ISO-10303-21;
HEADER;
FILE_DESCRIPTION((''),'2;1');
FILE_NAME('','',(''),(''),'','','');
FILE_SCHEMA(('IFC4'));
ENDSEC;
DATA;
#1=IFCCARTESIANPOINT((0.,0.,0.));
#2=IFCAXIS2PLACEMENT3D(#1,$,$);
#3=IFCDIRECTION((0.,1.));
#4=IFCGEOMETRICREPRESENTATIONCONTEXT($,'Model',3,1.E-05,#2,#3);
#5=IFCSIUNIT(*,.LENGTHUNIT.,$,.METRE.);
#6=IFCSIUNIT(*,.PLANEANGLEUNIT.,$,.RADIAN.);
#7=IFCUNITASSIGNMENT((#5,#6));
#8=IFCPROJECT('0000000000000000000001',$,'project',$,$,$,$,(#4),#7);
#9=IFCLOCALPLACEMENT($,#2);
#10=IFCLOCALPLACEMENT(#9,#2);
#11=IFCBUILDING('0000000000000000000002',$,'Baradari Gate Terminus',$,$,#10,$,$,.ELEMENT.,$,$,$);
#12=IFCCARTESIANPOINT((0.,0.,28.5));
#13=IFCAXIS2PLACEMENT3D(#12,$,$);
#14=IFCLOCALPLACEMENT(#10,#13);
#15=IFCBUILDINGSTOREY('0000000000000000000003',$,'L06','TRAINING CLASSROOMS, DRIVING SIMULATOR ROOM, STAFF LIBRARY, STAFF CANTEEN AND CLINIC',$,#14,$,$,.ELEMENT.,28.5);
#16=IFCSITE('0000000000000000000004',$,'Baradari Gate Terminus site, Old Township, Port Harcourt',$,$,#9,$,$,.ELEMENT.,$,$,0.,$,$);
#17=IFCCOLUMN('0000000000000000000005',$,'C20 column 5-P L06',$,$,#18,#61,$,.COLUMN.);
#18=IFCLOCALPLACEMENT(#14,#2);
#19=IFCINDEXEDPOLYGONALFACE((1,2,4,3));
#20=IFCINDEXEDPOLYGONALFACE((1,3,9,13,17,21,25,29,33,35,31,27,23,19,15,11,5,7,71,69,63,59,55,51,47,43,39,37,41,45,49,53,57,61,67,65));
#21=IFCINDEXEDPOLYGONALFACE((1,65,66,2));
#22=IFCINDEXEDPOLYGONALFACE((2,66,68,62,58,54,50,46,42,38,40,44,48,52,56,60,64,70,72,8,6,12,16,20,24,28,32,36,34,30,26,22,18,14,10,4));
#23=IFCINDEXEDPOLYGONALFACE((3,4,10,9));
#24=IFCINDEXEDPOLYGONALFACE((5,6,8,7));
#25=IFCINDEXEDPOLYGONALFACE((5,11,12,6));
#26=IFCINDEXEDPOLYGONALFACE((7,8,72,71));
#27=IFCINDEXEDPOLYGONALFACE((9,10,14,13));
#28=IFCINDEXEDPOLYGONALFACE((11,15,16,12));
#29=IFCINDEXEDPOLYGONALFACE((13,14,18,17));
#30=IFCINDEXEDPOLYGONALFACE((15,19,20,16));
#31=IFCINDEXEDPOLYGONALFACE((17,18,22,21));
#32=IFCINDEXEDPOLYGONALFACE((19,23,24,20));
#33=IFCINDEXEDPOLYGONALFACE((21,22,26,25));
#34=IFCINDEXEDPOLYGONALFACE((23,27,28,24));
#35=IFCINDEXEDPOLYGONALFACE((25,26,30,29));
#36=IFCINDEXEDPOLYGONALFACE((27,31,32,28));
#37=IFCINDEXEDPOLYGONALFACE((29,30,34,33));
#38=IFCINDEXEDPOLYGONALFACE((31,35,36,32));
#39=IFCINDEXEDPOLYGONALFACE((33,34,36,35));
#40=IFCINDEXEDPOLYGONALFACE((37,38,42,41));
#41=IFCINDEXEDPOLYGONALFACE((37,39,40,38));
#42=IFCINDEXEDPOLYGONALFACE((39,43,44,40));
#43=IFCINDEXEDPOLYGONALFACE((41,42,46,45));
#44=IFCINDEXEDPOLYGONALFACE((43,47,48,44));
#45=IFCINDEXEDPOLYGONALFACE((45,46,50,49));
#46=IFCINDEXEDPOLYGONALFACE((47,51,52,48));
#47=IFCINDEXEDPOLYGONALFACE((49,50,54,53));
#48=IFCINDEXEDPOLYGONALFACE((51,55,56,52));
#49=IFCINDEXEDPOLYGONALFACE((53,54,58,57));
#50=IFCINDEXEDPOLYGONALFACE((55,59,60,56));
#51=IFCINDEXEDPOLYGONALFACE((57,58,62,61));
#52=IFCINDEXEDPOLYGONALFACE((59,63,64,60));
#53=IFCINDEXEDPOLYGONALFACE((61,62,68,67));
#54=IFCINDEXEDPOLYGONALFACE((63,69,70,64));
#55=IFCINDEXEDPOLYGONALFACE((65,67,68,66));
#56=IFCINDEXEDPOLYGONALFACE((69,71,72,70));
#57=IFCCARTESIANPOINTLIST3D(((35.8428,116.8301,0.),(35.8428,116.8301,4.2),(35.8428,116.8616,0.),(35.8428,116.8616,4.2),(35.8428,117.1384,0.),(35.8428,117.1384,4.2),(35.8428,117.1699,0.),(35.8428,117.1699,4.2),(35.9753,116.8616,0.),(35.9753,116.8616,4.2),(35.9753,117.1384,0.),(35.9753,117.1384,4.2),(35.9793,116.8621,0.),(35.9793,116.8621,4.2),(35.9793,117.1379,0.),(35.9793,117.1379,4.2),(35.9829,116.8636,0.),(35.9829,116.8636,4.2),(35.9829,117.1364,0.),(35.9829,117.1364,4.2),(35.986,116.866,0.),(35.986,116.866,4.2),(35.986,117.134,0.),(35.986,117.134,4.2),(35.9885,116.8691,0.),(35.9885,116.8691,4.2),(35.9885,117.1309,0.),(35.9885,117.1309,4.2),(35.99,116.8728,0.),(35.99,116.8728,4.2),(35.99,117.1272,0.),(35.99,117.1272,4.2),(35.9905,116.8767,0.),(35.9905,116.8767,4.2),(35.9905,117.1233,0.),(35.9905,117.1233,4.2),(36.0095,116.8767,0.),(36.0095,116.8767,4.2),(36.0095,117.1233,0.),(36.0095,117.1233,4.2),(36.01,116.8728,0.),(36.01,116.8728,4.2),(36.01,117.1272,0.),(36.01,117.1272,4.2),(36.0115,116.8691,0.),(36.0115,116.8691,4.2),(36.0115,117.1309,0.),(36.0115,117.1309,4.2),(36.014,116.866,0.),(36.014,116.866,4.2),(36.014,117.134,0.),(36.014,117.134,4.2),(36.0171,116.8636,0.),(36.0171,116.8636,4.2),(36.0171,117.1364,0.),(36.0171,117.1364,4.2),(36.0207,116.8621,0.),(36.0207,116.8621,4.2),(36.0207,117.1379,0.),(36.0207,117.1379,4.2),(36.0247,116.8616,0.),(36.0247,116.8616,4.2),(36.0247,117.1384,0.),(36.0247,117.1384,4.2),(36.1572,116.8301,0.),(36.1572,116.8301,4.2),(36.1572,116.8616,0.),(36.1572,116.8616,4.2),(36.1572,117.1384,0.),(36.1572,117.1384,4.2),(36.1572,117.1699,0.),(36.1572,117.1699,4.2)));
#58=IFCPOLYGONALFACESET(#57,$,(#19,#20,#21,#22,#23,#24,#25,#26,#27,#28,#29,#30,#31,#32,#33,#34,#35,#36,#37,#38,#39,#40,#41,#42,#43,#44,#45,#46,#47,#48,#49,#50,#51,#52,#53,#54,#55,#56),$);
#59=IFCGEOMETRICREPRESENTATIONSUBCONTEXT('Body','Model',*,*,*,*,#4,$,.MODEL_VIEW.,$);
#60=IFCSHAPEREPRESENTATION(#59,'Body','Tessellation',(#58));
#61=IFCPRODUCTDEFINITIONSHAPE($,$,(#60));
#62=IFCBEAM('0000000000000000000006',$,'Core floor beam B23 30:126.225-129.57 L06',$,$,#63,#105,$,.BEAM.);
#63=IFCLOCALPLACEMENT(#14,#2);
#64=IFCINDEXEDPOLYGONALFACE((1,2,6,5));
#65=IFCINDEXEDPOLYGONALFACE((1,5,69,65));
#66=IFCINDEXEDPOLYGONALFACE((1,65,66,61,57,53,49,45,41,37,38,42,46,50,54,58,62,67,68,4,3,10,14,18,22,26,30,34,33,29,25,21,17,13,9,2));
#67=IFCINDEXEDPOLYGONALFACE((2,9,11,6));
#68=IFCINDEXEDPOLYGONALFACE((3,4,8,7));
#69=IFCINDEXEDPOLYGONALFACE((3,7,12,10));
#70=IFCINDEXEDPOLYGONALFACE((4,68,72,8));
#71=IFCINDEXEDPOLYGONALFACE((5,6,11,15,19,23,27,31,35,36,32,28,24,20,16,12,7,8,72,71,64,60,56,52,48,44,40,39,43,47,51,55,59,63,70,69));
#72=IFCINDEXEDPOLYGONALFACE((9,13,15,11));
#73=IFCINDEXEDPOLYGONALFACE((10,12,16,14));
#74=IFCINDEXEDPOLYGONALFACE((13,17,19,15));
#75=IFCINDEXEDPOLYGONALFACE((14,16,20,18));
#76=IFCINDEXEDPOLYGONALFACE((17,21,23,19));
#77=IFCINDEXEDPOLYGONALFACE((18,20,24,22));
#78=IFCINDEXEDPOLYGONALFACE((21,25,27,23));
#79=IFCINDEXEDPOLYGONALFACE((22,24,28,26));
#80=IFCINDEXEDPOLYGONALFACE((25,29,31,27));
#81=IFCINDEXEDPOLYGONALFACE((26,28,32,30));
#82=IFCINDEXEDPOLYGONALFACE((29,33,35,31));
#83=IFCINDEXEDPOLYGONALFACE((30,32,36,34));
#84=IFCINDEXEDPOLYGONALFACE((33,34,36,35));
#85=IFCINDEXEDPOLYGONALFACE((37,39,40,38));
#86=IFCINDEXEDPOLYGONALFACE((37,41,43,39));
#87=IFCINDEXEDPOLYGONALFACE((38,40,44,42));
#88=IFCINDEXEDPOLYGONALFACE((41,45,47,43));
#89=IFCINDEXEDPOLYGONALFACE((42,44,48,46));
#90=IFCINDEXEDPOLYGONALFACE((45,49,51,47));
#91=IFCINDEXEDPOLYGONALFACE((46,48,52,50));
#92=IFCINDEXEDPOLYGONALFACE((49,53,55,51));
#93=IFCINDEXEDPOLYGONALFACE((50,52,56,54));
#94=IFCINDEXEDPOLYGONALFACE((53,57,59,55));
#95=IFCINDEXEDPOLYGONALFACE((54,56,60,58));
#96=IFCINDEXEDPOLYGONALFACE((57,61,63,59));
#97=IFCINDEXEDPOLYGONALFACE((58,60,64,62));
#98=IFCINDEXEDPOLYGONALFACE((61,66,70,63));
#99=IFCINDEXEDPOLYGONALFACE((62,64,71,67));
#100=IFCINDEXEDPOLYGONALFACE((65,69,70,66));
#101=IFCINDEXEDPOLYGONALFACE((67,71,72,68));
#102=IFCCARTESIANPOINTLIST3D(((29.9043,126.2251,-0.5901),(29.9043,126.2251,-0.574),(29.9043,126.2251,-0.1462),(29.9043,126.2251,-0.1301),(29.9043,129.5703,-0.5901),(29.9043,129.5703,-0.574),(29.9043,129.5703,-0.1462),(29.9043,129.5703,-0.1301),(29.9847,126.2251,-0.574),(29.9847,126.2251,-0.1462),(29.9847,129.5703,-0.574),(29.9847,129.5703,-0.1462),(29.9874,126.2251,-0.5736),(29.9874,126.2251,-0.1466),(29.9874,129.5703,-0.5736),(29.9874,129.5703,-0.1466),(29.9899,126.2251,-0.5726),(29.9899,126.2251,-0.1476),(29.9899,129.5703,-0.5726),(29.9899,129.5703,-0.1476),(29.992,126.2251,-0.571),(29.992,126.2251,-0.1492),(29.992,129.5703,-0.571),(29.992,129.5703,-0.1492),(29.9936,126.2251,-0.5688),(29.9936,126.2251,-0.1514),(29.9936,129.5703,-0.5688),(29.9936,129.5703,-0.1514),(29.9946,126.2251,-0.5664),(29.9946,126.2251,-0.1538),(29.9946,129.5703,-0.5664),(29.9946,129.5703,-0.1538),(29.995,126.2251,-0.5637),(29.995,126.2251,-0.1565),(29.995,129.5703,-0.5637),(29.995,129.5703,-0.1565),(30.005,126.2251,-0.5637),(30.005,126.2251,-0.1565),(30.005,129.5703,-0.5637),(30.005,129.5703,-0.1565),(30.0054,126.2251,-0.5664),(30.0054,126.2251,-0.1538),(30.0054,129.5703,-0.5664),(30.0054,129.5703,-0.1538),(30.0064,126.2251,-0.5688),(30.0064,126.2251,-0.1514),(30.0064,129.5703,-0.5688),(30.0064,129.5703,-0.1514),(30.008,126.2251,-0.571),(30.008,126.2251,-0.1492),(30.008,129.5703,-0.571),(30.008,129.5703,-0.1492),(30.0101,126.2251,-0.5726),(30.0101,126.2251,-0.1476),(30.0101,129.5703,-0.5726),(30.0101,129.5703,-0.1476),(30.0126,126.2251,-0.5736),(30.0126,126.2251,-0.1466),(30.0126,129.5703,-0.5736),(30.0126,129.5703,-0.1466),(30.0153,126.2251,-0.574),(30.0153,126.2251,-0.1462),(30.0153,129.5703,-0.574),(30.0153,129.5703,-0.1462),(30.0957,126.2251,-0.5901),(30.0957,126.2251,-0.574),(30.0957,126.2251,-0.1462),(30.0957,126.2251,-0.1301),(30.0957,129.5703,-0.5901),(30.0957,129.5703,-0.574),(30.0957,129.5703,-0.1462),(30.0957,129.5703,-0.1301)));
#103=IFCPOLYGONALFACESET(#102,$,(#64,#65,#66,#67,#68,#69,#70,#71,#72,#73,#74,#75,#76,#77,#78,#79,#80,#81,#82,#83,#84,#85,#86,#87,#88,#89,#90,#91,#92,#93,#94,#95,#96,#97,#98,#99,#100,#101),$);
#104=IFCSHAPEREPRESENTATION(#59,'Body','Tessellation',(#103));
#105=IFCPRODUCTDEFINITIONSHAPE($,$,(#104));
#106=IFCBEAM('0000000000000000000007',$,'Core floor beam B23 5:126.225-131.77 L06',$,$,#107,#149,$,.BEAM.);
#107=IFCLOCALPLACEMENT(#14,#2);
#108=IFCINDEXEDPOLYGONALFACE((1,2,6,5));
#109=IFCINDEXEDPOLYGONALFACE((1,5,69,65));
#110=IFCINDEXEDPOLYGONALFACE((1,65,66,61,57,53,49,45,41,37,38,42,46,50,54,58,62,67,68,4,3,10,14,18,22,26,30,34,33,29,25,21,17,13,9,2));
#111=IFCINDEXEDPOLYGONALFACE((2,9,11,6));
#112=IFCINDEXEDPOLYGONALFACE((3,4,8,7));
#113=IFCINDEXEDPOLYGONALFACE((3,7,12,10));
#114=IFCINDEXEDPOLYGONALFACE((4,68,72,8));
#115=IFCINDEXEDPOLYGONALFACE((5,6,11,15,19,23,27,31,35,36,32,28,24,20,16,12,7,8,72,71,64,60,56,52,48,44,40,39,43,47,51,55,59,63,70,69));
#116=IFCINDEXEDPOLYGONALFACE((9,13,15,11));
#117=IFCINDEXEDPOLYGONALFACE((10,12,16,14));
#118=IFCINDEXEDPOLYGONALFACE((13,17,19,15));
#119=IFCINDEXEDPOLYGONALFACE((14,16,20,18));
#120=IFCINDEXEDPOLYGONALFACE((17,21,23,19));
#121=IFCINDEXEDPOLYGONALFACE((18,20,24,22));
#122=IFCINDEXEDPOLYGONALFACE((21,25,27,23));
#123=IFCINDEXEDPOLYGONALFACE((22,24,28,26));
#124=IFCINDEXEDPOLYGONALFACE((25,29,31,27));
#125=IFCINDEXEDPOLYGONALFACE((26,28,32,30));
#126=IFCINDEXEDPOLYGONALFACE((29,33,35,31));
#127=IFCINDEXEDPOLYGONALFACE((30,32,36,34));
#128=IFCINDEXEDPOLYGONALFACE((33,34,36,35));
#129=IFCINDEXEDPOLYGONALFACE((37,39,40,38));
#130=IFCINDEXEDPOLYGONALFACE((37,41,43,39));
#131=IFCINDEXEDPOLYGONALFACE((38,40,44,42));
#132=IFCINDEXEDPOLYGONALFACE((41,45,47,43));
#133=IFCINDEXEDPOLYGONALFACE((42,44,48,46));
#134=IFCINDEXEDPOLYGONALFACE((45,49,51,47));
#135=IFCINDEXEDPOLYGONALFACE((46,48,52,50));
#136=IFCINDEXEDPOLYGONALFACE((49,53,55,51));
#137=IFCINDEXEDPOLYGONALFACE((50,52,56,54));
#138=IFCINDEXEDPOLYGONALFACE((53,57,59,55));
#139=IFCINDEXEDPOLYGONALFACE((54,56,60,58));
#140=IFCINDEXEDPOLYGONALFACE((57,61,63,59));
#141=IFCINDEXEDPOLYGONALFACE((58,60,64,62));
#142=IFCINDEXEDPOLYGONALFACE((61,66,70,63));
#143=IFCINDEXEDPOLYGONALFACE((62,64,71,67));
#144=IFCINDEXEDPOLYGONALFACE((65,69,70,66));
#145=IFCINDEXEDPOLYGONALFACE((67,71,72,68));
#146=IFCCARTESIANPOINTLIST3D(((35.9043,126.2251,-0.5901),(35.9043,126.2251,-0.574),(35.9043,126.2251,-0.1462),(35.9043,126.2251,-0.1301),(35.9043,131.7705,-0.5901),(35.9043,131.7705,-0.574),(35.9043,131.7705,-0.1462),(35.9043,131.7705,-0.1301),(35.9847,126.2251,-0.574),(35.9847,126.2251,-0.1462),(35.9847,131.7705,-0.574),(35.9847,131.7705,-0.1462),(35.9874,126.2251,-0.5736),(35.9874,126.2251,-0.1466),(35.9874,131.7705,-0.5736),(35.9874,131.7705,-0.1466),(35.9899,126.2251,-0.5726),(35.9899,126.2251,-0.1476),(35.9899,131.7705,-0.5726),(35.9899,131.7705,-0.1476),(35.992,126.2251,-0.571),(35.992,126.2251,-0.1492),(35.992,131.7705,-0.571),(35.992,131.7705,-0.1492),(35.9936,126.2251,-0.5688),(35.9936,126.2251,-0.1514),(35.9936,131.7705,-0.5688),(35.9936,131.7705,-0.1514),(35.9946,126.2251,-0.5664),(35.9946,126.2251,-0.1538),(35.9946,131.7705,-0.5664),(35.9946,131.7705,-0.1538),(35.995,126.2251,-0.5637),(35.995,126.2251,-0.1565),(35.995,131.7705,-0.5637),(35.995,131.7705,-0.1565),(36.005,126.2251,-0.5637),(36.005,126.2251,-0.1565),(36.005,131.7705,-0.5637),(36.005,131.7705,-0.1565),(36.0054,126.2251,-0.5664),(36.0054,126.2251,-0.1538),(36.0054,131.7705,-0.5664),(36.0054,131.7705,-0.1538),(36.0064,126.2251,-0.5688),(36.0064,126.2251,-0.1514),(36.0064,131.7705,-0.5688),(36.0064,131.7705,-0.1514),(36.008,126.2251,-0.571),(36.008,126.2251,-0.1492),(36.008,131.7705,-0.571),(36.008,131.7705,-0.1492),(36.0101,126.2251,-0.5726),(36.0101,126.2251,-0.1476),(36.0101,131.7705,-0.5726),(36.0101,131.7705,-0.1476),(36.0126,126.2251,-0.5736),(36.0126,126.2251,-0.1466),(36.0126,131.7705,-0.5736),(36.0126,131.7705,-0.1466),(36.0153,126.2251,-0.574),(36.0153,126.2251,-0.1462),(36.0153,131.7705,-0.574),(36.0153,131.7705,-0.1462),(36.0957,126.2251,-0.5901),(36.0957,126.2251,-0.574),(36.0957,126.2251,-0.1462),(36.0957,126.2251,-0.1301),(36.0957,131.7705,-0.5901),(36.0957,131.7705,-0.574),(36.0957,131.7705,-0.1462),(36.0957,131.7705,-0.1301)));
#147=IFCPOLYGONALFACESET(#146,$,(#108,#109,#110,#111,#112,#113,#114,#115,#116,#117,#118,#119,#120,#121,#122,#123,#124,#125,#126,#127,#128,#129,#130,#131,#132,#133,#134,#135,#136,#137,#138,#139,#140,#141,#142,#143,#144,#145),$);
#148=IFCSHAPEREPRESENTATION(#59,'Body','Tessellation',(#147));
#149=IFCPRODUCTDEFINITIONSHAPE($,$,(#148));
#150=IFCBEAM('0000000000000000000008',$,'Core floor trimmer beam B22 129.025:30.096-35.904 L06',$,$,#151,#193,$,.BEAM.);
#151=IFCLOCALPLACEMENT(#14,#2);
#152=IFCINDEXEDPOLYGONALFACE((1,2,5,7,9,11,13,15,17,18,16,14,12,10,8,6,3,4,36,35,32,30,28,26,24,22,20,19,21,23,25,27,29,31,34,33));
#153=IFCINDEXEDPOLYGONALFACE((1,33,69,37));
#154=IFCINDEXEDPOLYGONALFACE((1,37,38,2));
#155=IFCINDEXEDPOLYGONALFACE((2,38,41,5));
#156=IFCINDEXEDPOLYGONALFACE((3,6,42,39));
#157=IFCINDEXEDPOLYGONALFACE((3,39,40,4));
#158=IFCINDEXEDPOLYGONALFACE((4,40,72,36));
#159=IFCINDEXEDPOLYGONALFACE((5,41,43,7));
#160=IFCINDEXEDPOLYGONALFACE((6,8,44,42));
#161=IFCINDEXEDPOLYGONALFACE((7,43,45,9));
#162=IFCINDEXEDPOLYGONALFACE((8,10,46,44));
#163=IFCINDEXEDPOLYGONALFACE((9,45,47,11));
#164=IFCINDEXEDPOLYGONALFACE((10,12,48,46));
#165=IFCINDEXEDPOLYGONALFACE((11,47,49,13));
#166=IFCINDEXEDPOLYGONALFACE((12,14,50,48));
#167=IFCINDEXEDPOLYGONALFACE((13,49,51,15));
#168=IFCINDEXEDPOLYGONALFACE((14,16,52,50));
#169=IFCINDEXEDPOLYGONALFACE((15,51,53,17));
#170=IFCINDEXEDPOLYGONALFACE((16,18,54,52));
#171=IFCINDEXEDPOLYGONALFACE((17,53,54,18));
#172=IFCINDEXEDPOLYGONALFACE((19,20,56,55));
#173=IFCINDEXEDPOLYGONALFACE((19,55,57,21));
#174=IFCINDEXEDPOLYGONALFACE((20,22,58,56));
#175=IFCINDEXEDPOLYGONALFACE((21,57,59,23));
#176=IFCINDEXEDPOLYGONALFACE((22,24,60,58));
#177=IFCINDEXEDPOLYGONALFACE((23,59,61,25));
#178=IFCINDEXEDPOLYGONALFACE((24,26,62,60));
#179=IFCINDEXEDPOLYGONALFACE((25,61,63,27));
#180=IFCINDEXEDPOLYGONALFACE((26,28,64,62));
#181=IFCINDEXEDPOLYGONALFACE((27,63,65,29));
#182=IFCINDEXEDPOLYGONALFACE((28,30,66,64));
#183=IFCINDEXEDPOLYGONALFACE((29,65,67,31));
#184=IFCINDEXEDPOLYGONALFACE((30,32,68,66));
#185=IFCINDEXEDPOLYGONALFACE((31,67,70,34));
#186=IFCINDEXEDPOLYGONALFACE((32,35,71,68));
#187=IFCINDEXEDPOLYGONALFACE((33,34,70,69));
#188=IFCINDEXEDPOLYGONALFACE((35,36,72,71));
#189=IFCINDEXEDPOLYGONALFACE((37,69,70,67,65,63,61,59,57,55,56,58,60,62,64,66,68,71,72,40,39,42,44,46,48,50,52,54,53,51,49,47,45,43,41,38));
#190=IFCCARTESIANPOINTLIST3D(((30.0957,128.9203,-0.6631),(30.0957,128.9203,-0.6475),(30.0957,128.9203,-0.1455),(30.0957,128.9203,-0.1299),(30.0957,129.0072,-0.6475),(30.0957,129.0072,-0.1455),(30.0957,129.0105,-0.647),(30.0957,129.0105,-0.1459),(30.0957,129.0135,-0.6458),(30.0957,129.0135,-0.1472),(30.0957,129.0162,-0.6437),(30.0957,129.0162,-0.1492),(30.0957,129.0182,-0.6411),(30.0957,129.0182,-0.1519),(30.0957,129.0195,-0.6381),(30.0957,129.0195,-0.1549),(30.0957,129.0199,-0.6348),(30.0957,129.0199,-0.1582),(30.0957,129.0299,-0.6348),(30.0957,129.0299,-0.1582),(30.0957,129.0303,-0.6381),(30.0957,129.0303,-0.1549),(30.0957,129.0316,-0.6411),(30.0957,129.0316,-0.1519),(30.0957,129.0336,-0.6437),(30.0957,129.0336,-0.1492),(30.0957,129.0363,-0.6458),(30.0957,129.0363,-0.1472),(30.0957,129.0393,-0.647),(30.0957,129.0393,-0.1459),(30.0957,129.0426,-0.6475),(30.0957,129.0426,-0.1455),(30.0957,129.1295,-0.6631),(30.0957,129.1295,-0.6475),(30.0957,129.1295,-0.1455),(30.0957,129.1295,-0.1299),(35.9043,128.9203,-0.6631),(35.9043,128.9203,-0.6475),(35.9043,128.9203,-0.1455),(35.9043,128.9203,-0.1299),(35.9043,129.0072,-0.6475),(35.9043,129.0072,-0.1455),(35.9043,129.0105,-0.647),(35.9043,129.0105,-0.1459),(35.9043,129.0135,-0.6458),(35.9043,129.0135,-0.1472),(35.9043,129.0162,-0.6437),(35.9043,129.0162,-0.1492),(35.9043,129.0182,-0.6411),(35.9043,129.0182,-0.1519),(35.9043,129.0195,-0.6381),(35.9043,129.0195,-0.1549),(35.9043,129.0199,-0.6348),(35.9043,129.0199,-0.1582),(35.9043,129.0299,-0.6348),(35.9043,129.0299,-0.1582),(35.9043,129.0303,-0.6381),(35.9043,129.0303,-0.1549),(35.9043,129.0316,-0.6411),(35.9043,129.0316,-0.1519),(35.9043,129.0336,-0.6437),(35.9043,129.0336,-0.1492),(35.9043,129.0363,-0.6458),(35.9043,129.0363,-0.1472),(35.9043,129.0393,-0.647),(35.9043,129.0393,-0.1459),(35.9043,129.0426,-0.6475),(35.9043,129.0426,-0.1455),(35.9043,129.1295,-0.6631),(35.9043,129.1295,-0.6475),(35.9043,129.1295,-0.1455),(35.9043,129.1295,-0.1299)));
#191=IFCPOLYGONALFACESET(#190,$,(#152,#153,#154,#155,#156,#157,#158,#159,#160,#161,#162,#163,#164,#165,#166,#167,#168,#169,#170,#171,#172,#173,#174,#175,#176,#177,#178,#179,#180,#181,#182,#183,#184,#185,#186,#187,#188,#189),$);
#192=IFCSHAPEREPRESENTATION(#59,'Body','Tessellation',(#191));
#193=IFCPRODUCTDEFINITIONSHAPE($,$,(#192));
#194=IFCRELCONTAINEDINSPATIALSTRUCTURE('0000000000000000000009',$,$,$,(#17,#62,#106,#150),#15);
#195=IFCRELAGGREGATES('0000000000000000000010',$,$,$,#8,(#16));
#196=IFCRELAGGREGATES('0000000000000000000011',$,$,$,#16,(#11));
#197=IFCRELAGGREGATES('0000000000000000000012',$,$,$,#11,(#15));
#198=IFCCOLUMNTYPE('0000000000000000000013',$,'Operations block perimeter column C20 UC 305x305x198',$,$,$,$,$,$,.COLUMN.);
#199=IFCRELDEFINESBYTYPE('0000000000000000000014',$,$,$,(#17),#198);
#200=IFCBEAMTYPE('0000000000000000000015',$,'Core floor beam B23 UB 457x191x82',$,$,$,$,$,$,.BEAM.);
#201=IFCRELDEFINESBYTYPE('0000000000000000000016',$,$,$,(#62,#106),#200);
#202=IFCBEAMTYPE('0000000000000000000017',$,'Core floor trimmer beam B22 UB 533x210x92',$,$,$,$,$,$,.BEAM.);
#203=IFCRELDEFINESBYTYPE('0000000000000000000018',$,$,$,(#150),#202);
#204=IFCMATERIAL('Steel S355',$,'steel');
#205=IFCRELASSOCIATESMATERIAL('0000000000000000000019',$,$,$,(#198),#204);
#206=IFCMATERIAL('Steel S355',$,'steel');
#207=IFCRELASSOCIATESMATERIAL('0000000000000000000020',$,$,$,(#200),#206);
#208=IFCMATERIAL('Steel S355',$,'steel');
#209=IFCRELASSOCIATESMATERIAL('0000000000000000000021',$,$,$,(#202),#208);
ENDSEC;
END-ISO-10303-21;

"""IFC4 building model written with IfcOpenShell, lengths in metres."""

from ifc_helpers import new_model, si_unit, direction, frame, origin, origin_2d, place, context, subcontext, project, spatial, i_section, extrude, material, material_profile, profile_set, type_object, element, save


model = new_model("IFC4")

# Units and contexts
model_context = context("Model", 3, precision=1e-05, world=origin(), true_north=direction((0.0, 1.0)))
body_context = subcontext(model_context, "Body", "Model", "MODEL_VIEW")
ifc_project = project(units=[si_unit("LENGTHUNIT", "METRE"), si_unit("PLANEANGLEUNIT", "RADIAN")], contexts=[model_context])

# Site, building, storey
site_placement = place(None, origin())
site = spatial("IfcSite", under=ifc_project, at=site_placement, Name="Baradari Gate Terminus site, Old Township, Port Harcourt", CompositionType="ELEMENT", RefElevation=0.0)
building_placement = place(site_placement, origin())
building = spatial("IfcBuilding", under=site, at=building_placement, Name="Baradari Gate Terminus", CompositionType="ELEMENT")
storey_placement = place(building_placement, frame((0.0, 0.0, 28.5)))
storey = spatial("IfcBuildingStorey", under=building, at=storey_placement, Name="L06", Description="TRAINING CLASSROOMS, DRIVING SIMULATOR ROOM, STAFF LIBRARY, STAFF CANTEEN AND CLINIC", CompositionType="ELEMENT", Elevation=28.5)

# Column
ifc_material_1 = material(Name="Steel S355", Category="steel")
ifc_material_profile_1 = material_profile(ifc_material_1, i_section(OverallWidth=0.3145, OverallDepth=0.3398, WebThickness=0.019, FlangeThickness=0.0315, FilletRadius=0.0151, at=origin_2d()), Name="UC 305x305x198")
ifc_profile_set_1 = profile_set([ifc_material_profile_1], Name="Steel S355")
column_type = type_object("IfcColumnType", Name="Operations block perimeter column C20 UC 305x305x198", PredefinedType="COLUMN", material=ifc_profile_set_1)
column_placement = place(storey_placement, frame((36.0, 117.0, 0.0), z_axis=(0.0, 0.0, 1.0), x_axis=(1.0, 0.0, 0.0)))
element("IfcColumn", 1, at=column_placement, inside=storey, type_object=column_type, Name="C20 column 5-P L06", PredefinedType="COLUMN", context=body_context, shape_type="SweptSolid", body=[
    extrude(i_section(OverallWidth=0.3145, OverallDepth=0.3398, WebThickness=0.019, FlangeThickness=0.0315, FilletRadius=0.0151, at=origin_2d()), origin(), (0.0, 0.0, 1.0), 4.2),
])

# Beams
ifc_material_2 = material(Name="Steel S355", Category="steel")
ifc_material_profile_2 = material_profile(ifc_material_2, i_section(OverallWidth=0.1914, OverallDepth=0.46, WebThickness=0.01, FlangeThickness=0.0161, FilletRadius=0.0103, at=origin_2d()), Name="UB 457x191x82")
ifc_profile_set_2 = profile_set([ifc_material_profile_2], Name="Steel S355")
beam_type_1 = type_object("IfcBeamType", Name="Core floor beam B23 UB 457x191x82", PredefinedType="BEAM", material=ifc_profile_set_2)
beam_1_placement = place(storey_placement, frame((30.0, 126.2251, -0.3601), z_axis=(0.0, 1.0, 0.0), x_axis=(-1.0, 0.0, 0.0)))
element("IfcBeam", 2, at=beam_1_placement, inside=storey, type_object=beam_type_1, Name="Core floor beam B23 30:126.225-129.57 L06", PredefinedType="BEAM", context=body_context, shape_type="SweptSolid", body=[
    extrude(i_section(OverallWidth=0.1914, OverallDepth=0.46, WebThickness=0.01, FlangeThickness=0.0161, FilletRadius=0.0103, at=origin_2d()), origin(), (0.0, 0.0, 1.0), 3.3452),
])
beam_2_placement = place(storey_placement, frame((36.0, 126.2251, -0.3601), z_axis=(0.0, 1.0, 0.0), x_axis=(-1.0, 0.0, 0.0)))
element("IfcBeam", 3, at=beam_2_placement, inside=storey, type_object=beam_type_1, Name="Core floor beam B23 5:126.225-131.77 L06", PredefinedType="BEAM", context=body_context, shape_type="SweptSolid", body=[
    extrude(i_section(OverallWidth=0.1914, OverallDepth=0.46, WebThickness=0.01, FlangeThickness=0.0161, FilletRadius=0.0103, at=origin_2d()), origin(), (0.0, 0.0, 1.0), 5.5454),
])
ifc_material_3 = material(Name="Steel S355", Category="steel")
ifc_material_profile_3 = material_profile(ifc_material_3, i_section(OverallWidth=0.2092, OverallDepth=0.5332, WebThickness=0.01, FlangeThickness=0.0156, FilletRadius=0.0127, at=origin_2d()), Name="UB 533x210x92")
ifc_profile_set_3 = profile_set([ifc_material_profile_3], Name="Steel S355")
beam_type_2 = type_object("IfcBeamType", Name="Core floor trimmer beam B22 UB 533x210x92", PredefinedType="BEAM", material=ifc_profile_set_3)
beam_3_placement = place(storey_placement, frame((30.0957, 129.0249, -0.3965), z_axis=(1.0, 0.0, 0.0), x_axis=(0.0, 1.0, 0.0)))
element("IfcBeam", 4, at=beam_3_placement, inside=storey, type_object=beam_type_2, Name="Core floor trimmer beam B22 129.025:30.096-35.904 L06", PredefinedType="BEAM", context=body_context, shape_type="SweptSolid", body=[
    extrude(i_section(OverallWidth=0.2092, OverallDepth=0.5332, WebThickness=0.01, FlangeThickness=0.0156, FilletRadius=0.0127, at=origin_2d()), origin(), (0.0, 0.0, 1.0), 5.8086),
])

save(model, "model.ifc")
